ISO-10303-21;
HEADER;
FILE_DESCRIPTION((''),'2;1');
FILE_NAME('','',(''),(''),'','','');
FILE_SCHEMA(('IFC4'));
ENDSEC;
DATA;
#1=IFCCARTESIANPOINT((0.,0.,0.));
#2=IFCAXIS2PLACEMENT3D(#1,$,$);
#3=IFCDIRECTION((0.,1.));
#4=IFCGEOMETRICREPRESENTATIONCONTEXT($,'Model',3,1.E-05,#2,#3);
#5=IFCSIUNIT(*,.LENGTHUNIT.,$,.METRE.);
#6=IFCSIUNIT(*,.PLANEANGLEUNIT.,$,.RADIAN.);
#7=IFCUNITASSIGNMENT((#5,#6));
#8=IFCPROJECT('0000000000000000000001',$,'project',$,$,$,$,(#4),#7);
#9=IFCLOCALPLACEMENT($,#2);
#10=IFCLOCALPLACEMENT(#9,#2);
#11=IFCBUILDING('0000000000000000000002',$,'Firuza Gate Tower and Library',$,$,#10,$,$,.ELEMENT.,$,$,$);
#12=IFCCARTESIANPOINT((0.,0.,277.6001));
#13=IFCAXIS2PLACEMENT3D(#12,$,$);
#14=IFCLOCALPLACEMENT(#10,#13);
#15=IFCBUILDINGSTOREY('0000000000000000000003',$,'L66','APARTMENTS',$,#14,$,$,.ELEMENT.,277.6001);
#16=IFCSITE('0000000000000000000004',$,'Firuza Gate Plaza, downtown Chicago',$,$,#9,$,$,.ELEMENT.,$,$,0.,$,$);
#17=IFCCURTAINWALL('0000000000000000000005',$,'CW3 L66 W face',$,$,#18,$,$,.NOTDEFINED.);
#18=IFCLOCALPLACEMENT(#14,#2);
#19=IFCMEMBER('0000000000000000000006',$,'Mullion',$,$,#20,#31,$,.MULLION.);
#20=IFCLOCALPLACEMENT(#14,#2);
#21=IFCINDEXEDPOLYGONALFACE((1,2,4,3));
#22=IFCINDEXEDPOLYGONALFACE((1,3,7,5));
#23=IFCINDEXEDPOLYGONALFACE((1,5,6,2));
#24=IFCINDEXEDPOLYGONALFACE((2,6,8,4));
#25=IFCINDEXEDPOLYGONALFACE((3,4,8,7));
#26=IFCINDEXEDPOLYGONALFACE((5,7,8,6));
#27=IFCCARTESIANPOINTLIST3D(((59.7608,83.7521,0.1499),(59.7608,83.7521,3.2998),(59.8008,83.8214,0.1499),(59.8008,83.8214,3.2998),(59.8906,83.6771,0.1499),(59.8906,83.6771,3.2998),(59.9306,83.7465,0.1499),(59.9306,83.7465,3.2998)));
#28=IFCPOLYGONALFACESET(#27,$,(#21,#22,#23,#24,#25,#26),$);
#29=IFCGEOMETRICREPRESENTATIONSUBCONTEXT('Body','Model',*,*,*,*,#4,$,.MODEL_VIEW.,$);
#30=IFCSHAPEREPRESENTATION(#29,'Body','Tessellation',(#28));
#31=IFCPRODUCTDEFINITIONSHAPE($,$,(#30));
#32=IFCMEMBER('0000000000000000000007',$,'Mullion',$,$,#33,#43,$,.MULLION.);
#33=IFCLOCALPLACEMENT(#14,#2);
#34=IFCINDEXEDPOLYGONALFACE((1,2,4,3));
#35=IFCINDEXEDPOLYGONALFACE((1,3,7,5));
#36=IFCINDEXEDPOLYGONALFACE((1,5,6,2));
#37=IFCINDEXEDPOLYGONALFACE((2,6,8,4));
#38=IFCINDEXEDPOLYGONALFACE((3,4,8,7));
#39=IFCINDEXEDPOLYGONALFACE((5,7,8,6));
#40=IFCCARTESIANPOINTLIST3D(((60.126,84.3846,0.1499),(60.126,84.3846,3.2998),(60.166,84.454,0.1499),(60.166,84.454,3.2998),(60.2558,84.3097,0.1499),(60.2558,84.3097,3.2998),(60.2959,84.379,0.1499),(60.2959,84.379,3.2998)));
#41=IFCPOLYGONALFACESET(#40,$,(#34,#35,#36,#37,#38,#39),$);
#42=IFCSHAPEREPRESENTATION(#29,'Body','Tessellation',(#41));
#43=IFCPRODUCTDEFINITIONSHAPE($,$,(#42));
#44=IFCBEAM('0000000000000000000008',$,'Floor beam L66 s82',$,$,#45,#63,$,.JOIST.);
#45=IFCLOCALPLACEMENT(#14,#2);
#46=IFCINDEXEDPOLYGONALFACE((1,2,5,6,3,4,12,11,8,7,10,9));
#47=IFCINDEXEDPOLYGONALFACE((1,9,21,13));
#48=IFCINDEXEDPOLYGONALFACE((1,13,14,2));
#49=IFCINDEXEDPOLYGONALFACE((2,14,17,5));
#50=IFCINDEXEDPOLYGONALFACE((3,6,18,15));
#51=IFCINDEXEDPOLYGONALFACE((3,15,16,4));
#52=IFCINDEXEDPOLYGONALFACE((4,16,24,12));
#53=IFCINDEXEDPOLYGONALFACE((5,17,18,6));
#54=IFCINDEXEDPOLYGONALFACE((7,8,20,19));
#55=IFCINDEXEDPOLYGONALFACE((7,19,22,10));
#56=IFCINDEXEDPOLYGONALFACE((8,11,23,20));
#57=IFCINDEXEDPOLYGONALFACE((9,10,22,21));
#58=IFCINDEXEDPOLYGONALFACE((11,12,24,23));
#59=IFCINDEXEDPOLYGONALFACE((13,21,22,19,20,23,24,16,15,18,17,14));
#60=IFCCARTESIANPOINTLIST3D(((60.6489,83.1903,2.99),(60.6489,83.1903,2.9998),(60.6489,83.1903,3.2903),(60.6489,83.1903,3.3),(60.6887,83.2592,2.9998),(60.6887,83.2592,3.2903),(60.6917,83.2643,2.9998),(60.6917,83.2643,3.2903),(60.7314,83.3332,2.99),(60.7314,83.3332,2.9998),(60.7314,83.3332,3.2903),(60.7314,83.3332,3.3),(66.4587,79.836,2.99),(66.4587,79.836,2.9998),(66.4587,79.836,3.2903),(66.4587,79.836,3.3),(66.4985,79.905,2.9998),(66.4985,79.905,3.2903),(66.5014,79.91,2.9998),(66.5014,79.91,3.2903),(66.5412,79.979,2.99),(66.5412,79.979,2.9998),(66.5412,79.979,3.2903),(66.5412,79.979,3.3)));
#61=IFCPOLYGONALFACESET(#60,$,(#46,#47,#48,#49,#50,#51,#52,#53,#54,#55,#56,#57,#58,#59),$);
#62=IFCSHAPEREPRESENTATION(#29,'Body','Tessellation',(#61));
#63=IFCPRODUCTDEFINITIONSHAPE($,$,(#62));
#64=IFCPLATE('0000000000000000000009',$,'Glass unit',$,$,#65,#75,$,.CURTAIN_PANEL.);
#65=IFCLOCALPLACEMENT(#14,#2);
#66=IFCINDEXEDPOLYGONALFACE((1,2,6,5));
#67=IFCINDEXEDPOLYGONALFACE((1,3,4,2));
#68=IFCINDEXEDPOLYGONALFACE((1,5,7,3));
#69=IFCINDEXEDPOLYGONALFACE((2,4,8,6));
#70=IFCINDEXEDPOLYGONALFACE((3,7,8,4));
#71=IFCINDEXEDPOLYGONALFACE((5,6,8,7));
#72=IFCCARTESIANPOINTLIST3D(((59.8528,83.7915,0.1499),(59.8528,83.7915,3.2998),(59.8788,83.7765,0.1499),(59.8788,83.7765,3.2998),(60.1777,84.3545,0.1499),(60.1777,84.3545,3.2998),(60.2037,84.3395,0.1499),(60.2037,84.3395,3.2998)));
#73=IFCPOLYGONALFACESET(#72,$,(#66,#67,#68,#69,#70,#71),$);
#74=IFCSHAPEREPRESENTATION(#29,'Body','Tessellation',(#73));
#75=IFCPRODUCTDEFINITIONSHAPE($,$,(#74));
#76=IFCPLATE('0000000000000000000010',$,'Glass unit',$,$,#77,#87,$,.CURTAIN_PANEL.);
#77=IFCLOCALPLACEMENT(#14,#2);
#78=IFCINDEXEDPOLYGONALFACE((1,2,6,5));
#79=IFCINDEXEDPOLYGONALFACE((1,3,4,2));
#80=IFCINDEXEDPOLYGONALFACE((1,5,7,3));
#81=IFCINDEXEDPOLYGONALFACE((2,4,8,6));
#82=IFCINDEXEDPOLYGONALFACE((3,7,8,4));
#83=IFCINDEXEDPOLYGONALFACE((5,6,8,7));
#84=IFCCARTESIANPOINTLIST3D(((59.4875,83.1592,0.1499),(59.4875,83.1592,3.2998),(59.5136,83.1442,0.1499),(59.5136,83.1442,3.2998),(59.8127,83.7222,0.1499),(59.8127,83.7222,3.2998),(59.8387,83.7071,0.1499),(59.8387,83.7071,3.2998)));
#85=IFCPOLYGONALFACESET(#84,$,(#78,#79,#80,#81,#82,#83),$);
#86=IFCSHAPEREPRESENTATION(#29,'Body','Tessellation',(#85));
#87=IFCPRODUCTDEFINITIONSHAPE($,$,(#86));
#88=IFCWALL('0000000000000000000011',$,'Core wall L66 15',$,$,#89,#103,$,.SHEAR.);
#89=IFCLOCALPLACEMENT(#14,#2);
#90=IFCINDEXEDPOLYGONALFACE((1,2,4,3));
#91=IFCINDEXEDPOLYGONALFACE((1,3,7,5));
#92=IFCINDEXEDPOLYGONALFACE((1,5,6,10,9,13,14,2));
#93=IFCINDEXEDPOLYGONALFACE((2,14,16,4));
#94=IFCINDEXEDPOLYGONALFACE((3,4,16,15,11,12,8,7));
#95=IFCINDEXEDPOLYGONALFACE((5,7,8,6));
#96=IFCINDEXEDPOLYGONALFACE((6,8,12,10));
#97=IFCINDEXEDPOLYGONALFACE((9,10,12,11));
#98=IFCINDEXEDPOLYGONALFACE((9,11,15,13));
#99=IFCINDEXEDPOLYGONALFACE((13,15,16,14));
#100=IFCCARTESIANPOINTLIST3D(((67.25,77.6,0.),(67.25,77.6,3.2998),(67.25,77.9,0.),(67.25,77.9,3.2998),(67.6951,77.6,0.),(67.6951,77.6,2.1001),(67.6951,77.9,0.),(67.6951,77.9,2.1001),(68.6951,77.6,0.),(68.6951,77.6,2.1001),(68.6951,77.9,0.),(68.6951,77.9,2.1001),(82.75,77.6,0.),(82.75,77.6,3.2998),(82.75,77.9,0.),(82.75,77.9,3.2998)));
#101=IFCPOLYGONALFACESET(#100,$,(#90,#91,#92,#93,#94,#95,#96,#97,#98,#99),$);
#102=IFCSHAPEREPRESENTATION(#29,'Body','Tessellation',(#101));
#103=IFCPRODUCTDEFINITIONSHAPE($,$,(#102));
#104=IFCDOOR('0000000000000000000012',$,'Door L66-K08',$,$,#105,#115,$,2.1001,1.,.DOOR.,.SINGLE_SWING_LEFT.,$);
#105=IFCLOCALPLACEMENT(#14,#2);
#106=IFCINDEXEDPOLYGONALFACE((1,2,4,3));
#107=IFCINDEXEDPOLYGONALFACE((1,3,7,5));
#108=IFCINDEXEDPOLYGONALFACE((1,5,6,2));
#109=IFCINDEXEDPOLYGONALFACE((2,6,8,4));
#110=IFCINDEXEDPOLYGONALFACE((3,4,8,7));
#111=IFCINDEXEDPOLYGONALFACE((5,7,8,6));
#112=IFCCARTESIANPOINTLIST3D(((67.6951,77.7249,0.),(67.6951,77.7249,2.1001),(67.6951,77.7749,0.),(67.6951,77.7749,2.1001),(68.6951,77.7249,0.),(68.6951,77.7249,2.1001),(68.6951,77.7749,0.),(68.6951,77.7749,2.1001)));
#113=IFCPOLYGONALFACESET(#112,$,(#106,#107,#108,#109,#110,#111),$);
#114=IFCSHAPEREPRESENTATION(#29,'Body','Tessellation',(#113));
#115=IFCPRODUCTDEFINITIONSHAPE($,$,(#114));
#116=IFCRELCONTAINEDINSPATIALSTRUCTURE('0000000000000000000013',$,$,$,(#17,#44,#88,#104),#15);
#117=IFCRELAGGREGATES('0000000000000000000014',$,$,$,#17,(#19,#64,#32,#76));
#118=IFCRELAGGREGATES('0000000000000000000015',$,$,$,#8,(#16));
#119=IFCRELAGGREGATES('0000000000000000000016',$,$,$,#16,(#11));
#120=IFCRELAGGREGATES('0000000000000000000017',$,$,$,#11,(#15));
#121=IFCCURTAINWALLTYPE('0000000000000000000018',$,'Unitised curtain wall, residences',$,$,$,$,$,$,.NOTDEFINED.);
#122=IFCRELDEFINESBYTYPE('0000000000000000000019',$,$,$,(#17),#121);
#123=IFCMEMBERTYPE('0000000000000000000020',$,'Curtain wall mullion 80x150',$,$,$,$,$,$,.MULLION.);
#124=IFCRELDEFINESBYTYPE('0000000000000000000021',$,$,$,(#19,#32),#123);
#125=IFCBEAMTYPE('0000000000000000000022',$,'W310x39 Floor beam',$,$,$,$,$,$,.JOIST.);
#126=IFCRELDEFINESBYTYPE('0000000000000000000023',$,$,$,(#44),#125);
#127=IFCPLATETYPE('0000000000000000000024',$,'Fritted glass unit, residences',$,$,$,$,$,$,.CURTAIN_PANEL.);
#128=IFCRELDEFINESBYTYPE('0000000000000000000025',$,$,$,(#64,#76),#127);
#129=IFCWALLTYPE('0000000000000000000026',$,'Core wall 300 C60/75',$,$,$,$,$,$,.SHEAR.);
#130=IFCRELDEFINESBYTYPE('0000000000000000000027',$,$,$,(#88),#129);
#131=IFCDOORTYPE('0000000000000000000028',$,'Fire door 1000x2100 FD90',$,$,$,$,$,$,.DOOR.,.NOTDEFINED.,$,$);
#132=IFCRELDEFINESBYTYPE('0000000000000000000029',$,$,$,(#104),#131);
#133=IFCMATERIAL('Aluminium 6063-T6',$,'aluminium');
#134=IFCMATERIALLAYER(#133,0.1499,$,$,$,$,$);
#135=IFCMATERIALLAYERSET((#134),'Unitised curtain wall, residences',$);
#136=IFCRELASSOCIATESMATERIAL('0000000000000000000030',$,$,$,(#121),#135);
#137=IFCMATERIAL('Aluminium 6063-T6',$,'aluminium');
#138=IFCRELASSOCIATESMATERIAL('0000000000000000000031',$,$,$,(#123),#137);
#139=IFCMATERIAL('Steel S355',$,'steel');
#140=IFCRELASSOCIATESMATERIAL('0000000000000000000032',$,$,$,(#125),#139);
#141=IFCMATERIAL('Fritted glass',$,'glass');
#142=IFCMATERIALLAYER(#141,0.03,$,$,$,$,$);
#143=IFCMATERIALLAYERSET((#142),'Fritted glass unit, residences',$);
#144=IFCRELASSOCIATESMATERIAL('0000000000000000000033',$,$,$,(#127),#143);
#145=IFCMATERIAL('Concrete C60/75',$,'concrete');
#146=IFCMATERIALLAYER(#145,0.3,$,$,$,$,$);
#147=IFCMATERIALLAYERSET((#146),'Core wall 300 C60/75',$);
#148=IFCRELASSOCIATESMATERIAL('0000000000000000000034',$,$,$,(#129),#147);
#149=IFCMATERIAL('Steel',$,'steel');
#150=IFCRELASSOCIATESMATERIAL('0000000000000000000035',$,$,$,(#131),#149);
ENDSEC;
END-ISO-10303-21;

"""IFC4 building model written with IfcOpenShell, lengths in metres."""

from ifc_helpers import new_model, si_unit, direction, frame, frame_2d, origin, origin_2d, place, context, subcontext, project, spatial, polyline, rectangle, i_section, outline, extrude, material, layer, layer_set, material_profile, profile_set, type_object, element, fill, aggregate, save


model = new_model("IFC4")

# Units and contexts
model_context = context("Model", 3, precision=1e-05, world=origin(), true_north=direction((0.0, 1.0)))
body_context = subcontext(model_context, "Body", "Model", "MODEL_VIEW")
ifc_project = project(units=[si_unit("LENGTHUNIT", "METRE"), si_unit("PLANEANGLEUNIT", "RADIAN")], contexts=[model_context])

# Site, building, storey
site_placement = place(None, origin())
site = spatial("IfcSite", under=ifc_project, at=site_placement, Name="Firuza Gate Plaza, downtown Chicago", CompositionType="ELEMENT", RefElevation=0.0)
building_placement = place(site_placement, origin())
building = spatial("IfcBuilding", under=site, at=building_placement, Name="Firuza Gate Tower and Library", CompositionType="ELEMENT")
storey_placement = place(building_placement, frame((0.0, 0.0, 277.6001)))
storey = spatial("IfcBuildingStorey", under=building, at=storey_placement, Name="L66", Description="APARTMENTS", CompositionType="ELEMENT", Elevation=277.6001)

# Curtain wall, members
ifc_material_1 = material(Name="Aluminium 6063-T6", Category="aluminium")
ifc_layer_1 = layer(ifc_material_1, 0.1499)
ifc_layer_set_1 = layer_set([ifc_layer_1], Name="Unitised curtain wall, residences")
curtain_wall_type = type_object("IfcCurtainWallType", Name="Unitised curtain wall, residences", PredefinedType="NOTDEFINED", material=ifc_layer_set_1)
curtain_wall_placement = place(storey_placement, origin())
curtain_wall = element("IfcCurtainWall", 1, at=curtain_wall_placement, inside=storey, type_object=curtain_wall_type, Name="CW3 L66 W face", PredefinedType="NOTDEFINED")
ifc_material_2 = material(Name="Aluminium 6063-T6", Category="aluminium")
ifc_material_profile_1 = material_profile(ifc_material_2, rectangle(XDim=0.1499, YDim=0.0801, at=origin_2d()))
ifc_profile_set_1 = profile_set([ifc_material_profile_1], Name="Aluminium 6063-T6")
member_type = type_object("IfcMemberType", Name="Curtain wall mullion 80x150", PredefinedType="MULLION", material=ifc_profile_set_1)
member_1_placement = place(storey_placement, frame((59.8457, 83.7493, 0.1499), z_axis=(0.0, 0.0, 1.0), x_axis=(0.866025, -0.5, 0.0)))
member_1 = element("IfcMember", 2, at=member_1_placement, type_object=member_type, Name="Mullion", PredefinedType="MULLION", context=body_context, shape_type="SweptSolid", body=[
    extrude(rectangle(XDim=0.1499, YDim=0.0801, at=origin_2d()), origin(), (0.0, 0.0, 1.0), 3.1499),
])
member_2_placement = place(storey_placement, frame((60.2109, 84.3818, 0.1499), z_axis=(0.0, 0.0, 1.0), x_axis=(0.866025, -0.5, 0.0)))
member_2 = element("IfcMember", 3, at=member_2_placement, type_object=member_type, Name="Mullion", PredefinedType="MULLION", context=body_context, shape_type="SweptSolid", body=[
    extrude(rectangle(XDim=0.1499, YDim=0.0801, at=origin_2d()), origin(), (0.0, 0.0, 1.0), 3.1499),
])

# Beam
ifc_material_3 = material(Name="Steel S355", Category="steel")
ifc_material_profile_2 = material_profile(ifc_material_3, i_section(OverallWidth=0.165, OverallDepth=0.3101, WebThickness=0.0059, FlangeThickness=0.0098, at=origin_2d()))
ifc_profile_set_2 = profile_set([ifc_material_profile_2], Name="Steel S355")
beam_type = type_object("IfcBeamType", Name="W310x39 Floor beam", PredefinedType="JOIST", material=ifc_profile_set_2)
beam_placement = place(storey_placement, frame((60.6902, 83.2617, 3.145), z_axis=(0.866029, -0.499994, 0.0), x_axis=(0.499994, 0.866029, 0.0)))
element("IfcBeam", 4, at=beam_placement, inside=storey, type_object=beam_type, Name="Floor beam L66 s82", PredefinedType="JOIST", context=body_context, shape_type="SweptSolid", body=[
    extrude(i_section(OverallWidth=0.165, OverallDepth=0.3101, WebThickness=0.0059, FlangeThickness=0.0098, at=origin_2d()), origin(), (0.0, 0.0, 1.0), 6.7085),
])

# Plates
ifc_material_4 = material(Name="Fritted glass", Category="glass")
ifc_layer_2 = layer(ifc_material_4, 0.03)
ifc_layer_set_2 = layer_set([ifc_layer_2], Name="Fritted glass unit, residences")
plate_type = type_object("IfcPlateType", Name="Fritted glass unit, residences", PredefinedType="CURTAIN_PANEL", material=ifc_layer_set_2)
plate_1_placement = place(storey_placement, frame((60.1777, 84.3545, 0.1499), z_axis=(-0.866086, 0.499896, 0.0), x_axis=(-0.499896, -0.866086, 0.0)))
plate_1 = element("IfcPlate", 5, at=plate_1_placement, type_object=plate_type, Name="Glass unit", PredefinedType="CURTAIN_PANEL", context=body_context, shape_type="SweptSolid", body=[
    extrude(outline(polyline([(0.0, 0.0), (0.65, 0.0), (0.65, 3.1499), (0.0, 3.1499), (0.0, 0.0)])), origin(), (0.0, 0.0, -1.0), 0.03),
])
plate_2_placement = place(storey_placement, frame((59.8127, 83.7222, 0.1499), z_axis=(-0.865923, 0.500177, 0.0), x_axis=(-0.500177, -0.865923, 0.0)))
plate_2 = element("IfcPlate", 6, at=plate_2_placement, type_object=plate_type, Name="Glass unit", PredefinedType="CURTAIN_PANEL", context=body_context, shape_type="SweptSolid", body=[
    extrude(outline(polyline([(0.0, 0.0), (0.6502, 0.0), (0.6502, 3.1499), (0.0, 3.1499), (0.0, 0.0)])), origin(), (0.0, 0.0, -1.0), 0.03),
])
aggregate(curtain_wall, [member_1, plate_1, member_2, plate_2])

# Wall, opening, door
ifc_material_5 = material(Name="Concrete C60/75", Category="concrete")
ifc_layer_3 = layer(ifc_material_5, 0.3)
ifc_layer_set_3 = layer_set([ifc_layer_3], Name="Core wall 300 C60/75")
wall_type_1 = type_object("IfcWallType", Name="Core wall 300 C60/75", PredefinedType="SHEAR", material=ifc_layer_set_3)
wall_1_placement = place(storey_placement, frame((67.25, 77.75, 0.0), z_axis=(0.0, 0.0, 1.0), x_axis=(1.0, 0.0, 0.0)))
wall_1 = element("IfcWall", 7, at=wall_1_placement, inside=storey, type_object=wall_type_1, Name="Core wall L66 15", PredefinedType="SHEAR", context=body_context, shape_type="SweptSolid", body=[
    extrude(rectangle(XDim=15.5, YDim=0.3, at=frame_2d((7.75, 0.0))), origin(), (0.0, 0.0, 1.0), 3.2998),
])
opening_1_placement = place(wall_1_placement, frame((0.4451, 0.0, 0.0)))
opening_1 = element("IfcOpeningElement", 8, at=opening_1_placement, cuts=wall_1, PredefinedType="OPENING", context=body_context, shape_type="SweptSolid", body=[
    extrude(rectangle(XDim=1.0, YDim=2.1001, at=frame_2d((0.5, 1.05))), frame((0.0, 0.1602, 0.0), z_axis=(0.0, -1.0, 0.0), x_axis=(1.0, 0.0, 0.0)), (0.0, 0.0, 1.0), 0.3201),
])
ifc_material_6 = material(Name="Steel", Category="steel")
door_type_1 = type_object("IfcDoorType", Name="Fire door 1000x2100 FD90", OperationType="NOTDEFINED", PredefinedType="DOOR", material=ifc_material_6)
door_1_placement = place(opening_1_placement, origin())
door_1 = element("IfcDoor", 9, at=door_1_placement, inside=storey, type_object=door_type_1, Name="Door L66-K08", OperationType="SINGLE_SWING_LEFT", OverallHeight=2.1001, OverallWidth=1.0, PredefinedType="DOOR", context=body_context, shape_type="SweptSolid", body=[
    extrude(rectangle(XDim=1.0, YDim=2.1001, at=frame_2d((0.5, 1.05))), frame((0.0, 0.0249, 0.0), z_axis=(0.0, -1.0, 0.0), x_axis=(1.0, 0.0, 0.0)), (0.0, 0.0, 1.0), 0.05),
])
fill(opening_1, door_1)

save(model, "model.ifc")
